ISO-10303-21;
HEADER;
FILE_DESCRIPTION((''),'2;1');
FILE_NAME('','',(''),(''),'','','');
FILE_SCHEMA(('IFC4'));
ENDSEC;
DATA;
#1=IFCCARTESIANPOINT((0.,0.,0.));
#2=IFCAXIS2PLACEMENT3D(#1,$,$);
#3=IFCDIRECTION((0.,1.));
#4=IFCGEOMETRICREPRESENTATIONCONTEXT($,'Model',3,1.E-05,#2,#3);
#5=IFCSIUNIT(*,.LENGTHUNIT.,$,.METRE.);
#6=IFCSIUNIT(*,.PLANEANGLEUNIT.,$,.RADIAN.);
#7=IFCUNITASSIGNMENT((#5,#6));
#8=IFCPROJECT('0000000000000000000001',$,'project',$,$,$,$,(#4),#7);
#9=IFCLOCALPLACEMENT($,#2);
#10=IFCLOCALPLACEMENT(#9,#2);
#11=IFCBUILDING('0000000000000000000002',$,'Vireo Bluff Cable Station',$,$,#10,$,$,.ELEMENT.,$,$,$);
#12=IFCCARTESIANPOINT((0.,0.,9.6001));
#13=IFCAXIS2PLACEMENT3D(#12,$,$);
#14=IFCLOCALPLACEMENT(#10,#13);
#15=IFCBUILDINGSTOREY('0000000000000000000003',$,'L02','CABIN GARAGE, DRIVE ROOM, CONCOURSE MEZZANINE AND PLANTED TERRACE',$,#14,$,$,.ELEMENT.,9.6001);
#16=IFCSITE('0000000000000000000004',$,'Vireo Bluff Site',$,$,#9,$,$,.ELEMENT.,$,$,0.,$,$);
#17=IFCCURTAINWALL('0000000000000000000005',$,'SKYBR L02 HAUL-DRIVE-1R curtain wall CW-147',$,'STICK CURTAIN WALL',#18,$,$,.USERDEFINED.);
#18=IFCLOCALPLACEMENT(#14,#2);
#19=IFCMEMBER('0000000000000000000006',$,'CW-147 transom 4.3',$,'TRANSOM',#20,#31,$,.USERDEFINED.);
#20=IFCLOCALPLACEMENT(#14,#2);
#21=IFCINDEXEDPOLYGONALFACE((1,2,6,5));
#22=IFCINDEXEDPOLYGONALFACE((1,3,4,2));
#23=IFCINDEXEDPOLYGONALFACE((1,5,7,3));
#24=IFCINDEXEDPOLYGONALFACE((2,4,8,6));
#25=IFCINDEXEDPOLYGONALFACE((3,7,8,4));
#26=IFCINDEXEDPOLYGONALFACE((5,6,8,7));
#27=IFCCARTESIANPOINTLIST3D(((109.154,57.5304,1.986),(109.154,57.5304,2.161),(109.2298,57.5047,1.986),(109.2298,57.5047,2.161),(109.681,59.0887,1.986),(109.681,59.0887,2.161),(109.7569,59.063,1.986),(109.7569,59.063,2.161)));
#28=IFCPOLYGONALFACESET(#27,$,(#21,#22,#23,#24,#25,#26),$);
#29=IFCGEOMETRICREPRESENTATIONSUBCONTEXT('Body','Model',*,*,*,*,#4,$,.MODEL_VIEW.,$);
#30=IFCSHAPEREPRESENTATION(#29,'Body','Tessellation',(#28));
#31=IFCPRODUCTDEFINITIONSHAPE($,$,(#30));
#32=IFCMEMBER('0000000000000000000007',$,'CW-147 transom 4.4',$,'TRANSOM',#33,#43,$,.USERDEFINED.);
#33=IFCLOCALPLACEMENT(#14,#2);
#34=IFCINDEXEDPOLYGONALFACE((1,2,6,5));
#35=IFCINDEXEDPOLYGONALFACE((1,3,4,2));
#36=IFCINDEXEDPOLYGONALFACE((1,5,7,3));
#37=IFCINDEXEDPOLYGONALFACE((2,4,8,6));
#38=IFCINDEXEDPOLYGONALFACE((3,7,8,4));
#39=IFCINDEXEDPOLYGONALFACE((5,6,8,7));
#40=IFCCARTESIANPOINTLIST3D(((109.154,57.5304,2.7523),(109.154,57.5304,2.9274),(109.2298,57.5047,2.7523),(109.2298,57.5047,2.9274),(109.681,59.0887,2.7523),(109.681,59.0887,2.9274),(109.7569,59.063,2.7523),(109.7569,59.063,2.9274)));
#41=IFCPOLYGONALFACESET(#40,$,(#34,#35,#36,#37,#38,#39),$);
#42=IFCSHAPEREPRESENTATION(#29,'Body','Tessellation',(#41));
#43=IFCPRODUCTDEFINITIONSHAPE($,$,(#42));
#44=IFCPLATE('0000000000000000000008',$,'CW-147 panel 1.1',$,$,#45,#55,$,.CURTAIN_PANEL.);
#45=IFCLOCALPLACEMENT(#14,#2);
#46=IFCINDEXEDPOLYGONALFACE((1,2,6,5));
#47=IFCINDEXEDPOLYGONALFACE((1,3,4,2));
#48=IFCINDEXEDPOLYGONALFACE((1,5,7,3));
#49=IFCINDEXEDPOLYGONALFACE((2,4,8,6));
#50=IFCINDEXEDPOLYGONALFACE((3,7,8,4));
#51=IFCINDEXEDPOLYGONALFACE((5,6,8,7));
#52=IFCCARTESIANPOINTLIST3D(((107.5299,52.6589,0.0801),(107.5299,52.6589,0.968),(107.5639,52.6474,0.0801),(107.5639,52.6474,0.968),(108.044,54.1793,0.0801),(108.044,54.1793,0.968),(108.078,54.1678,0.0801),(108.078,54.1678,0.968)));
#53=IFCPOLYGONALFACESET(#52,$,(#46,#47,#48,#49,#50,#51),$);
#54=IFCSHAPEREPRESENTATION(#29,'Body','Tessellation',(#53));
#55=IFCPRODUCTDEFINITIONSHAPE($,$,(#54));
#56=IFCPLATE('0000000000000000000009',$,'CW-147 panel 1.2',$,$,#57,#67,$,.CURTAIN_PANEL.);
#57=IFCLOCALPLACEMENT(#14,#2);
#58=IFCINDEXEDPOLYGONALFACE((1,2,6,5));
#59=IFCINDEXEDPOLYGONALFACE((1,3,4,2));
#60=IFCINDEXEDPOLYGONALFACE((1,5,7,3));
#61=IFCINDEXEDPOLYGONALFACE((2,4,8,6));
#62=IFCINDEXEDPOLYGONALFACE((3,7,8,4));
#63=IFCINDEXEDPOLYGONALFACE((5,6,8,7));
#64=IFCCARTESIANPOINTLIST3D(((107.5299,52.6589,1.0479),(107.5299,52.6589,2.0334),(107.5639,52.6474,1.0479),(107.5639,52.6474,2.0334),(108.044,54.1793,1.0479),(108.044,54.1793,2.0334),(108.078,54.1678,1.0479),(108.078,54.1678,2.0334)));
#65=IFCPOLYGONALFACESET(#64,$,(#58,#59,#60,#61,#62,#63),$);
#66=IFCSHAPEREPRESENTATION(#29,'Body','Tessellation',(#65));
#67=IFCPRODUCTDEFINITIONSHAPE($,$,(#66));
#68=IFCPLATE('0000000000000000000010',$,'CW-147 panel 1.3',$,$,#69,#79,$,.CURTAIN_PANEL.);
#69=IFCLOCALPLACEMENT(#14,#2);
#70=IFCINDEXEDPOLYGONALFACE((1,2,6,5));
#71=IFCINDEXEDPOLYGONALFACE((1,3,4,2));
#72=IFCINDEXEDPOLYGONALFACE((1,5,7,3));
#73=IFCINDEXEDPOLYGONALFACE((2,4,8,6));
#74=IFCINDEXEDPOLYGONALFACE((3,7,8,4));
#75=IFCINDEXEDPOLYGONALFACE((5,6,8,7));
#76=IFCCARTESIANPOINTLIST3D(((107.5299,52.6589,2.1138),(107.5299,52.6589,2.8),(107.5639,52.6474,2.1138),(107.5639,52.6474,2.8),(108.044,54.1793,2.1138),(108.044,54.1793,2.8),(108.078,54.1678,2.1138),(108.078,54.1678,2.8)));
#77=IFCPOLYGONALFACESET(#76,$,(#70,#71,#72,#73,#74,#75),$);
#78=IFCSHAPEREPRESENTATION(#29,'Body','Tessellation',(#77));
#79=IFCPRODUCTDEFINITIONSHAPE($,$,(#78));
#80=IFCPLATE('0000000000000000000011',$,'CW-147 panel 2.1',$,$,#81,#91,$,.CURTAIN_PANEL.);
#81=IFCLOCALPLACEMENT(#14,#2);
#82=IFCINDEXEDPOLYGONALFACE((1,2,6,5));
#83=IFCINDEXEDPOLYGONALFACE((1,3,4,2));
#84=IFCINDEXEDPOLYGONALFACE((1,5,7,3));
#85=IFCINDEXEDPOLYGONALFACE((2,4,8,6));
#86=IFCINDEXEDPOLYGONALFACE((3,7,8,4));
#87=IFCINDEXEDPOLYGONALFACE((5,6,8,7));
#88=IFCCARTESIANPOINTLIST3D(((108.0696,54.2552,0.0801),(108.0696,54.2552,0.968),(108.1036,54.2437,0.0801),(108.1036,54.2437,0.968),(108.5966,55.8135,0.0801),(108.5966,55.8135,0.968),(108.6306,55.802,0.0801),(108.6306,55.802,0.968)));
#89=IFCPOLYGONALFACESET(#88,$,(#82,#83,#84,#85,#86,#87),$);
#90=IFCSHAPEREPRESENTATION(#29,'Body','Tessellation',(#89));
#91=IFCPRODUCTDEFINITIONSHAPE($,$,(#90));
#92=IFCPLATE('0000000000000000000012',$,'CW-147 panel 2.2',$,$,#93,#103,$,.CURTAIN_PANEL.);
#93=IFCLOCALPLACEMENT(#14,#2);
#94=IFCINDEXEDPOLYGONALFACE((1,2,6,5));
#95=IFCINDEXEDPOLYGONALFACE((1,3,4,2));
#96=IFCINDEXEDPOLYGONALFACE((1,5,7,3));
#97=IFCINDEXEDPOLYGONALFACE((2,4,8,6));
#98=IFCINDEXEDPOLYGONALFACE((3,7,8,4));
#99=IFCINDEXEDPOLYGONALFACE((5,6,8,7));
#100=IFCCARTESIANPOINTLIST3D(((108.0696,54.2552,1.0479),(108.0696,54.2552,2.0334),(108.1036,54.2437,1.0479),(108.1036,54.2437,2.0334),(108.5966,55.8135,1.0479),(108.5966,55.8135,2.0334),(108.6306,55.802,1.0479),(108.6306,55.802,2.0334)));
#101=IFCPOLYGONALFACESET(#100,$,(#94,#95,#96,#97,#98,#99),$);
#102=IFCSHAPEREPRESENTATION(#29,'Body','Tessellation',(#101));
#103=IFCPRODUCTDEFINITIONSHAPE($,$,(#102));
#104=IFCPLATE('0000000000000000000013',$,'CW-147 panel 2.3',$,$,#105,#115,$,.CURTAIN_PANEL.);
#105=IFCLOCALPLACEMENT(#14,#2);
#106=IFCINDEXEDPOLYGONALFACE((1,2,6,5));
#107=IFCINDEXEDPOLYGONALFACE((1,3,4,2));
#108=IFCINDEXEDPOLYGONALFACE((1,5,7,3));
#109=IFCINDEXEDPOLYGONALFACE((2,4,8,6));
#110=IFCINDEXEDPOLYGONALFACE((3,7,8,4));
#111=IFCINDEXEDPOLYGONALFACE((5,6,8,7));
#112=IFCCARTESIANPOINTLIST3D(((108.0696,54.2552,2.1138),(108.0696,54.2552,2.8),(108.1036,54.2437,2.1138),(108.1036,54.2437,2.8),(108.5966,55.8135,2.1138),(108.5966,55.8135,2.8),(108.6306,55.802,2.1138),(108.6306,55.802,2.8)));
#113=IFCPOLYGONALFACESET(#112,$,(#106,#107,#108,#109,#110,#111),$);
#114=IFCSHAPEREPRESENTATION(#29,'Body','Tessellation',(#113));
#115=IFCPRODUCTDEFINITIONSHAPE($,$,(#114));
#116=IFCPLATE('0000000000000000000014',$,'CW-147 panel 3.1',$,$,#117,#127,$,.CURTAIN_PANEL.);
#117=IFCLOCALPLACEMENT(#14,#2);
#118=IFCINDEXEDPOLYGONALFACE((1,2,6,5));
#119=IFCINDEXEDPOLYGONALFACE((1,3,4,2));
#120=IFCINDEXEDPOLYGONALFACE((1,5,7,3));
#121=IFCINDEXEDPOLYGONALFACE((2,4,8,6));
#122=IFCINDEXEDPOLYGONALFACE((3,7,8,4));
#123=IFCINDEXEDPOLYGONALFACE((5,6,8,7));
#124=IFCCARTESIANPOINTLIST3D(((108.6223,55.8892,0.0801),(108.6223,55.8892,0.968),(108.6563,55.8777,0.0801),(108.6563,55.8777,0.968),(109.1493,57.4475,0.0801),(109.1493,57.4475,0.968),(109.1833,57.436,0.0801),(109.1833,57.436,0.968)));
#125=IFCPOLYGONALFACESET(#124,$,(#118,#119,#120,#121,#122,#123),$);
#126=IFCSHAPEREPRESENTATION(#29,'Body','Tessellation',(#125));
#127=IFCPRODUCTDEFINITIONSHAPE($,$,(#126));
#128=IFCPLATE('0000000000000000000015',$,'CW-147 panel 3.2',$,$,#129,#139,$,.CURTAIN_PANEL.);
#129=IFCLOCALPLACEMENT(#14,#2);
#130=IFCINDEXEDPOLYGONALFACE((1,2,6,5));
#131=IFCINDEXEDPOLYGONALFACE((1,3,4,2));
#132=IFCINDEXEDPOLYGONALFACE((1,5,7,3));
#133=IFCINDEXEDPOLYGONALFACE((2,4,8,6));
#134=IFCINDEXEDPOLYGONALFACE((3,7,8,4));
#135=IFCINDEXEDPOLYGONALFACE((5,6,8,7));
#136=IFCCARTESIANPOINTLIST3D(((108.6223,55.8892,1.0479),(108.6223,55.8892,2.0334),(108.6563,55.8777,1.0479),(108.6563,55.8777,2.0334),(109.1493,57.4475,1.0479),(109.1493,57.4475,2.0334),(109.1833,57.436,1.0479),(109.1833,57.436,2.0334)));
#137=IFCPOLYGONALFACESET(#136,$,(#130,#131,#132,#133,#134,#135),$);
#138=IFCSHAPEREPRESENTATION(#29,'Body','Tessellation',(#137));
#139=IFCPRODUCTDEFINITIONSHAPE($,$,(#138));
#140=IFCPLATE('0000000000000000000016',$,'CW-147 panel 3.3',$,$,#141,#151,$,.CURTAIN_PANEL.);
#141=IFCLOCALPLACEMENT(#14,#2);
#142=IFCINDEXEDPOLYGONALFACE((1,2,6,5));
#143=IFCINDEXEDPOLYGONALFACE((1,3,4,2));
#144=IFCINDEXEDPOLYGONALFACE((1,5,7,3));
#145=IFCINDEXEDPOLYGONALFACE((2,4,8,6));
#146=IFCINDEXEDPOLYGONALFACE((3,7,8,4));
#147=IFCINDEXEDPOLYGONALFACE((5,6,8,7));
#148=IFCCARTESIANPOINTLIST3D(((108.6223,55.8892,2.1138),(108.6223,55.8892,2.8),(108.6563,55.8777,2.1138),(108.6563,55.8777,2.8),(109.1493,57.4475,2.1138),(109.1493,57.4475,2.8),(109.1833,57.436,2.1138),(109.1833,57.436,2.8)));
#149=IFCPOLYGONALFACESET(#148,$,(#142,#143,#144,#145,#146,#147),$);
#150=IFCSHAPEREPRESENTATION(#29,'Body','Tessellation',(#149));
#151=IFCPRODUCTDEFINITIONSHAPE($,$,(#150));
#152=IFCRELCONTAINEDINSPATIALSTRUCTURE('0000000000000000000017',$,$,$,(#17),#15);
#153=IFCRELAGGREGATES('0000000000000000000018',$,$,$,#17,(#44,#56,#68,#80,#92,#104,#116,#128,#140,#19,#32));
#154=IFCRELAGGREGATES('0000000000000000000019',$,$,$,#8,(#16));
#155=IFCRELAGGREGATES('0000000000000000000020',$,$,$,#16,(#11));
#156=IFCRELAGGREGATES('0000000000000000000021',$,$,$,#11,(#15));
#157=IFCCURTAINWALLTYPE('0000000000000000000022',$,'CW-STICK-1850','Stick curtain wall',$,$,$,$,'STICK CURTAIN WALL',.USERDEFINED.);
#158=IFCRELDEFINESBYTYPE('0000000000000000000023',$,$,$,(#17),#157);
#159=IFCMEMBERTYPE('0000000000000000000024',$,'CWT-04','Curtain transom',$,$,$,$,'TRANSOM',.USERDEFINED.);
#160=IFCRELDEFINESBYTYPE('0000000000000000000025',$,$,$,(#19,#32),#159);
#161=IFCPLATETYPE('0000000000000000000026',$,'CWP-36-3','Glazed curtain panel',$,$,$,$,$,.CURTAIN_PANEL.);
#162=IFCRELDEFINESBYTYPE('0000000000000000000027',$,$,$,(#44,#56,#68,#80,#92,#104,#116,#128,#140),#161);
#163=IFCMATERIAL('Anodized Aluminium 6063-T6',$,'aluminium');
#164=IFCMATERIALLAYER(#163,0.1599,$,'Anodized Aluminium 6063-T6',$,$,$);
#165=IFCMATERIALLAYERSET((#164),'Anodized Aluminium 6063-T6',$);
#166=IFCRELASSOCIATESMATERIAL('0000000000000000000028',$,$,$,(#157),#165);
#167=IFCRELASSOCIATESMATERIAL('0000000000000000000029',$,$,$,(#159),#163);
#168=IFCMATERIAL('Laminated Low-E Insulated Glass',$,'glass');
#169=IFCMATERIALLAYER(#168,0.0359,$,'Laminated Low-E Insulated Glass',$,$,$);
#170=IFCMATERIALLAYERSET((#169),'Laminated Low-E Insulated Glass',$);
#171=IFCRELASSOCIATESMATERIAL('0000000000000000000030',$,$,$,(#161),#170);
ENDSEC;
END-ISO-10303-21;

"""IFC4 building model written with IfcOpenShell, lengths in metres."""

from ifc_helpers import new_model, si_unit, direction, frame, origin, origin_2d, place, context, subcontext, project, spatial, rectangle, extrude, material, layer, layer_set, material_profile, profile_set, type_object, element, aggregate, save


model = new_model("IFC4")

# Units and contexts
model_context = context("Model", 3, precision=1e-05, world=origin(), true_north=direction((0.0, 1.0)))
body_context = subcontext(model_context, "Body", "Model", "MODEL_VIEW")
ifc_project = project(units=[si_unit("LENGTHUNIT", "METRE"), si_unit("PLANEANGLEUNIT", "RADIAN")], contexts=[model_context])

# Site, building, storey
site_placement = place(None, origin())
site = spatial("IfcSite", under=ifc_project, at=site_placement, Name="Vireo Bluff Site", CompositionType="ELEMENT", RefElevation=0.0)
building_placement = place(site_placement, origin())
building = spatial("IfcBuilding", under=site, at=building_placement, Name="Vireo Bluff Cable Station", CompositionType="ELEMENT")
storey_placement = place(building_placement, frame((0.0, 0.0, 9.6001)))
storey = spatial("IfcBuildingStorey", under=building, at=storey_placement, Name="L02", Description="CABIN GARAGE, DRIVE ROOM, CONCOURSE MEZZANINE AND PLANTED TERRACE", CompositionType="ELEMENT", Elevation=9.6001)

# Curtain wall, members, plates
ifc_material_1 = material(Name="Anodized Aluminium 6063-T6", Category="aluminium")
ifc_layer_1 = layer(ifc_material_1, 0.1599, Name="Anodized Aluminium 6063-T6")
ifc_layer_set_1 = layer_set([ifc_layer_1], Name="Anodized Aluminium 6063-T6")
curtain_wall_type = type_object("IfcCurtainWallType", Name="CW-STICK-1850", Description="Stick curtain wall", ElementType="STICK CURTAIN WALL", PredefinedType="USERDEFINED", material=ifc_layer_set_1)
curtain_wall_placement = place(storey_placement, origin())
curtain_wall = element("IfcCurtainWall", 1, at=curtain_wall_placement, inside=storey, type_object=curtain_wall_type, Name="SKYBR L02 HAUL-DRIVE-1R curtain wall CW-147", ObjectType="STICK CURTAIN WALL", PredefinedType="USERDEFINED")
ifc_material_profile_1 = material_profile(ifc_material_1, rectangle(XDim=0.0801, YDim=0.175, at=origin_2d()), Name="ALU-T-80X175")
ifc_profile_set_1 = profile_set([ifc_material_profile_1], Name="Anodized Aluminium 6063-T6")
member_type_1 = type_object("IfcMemberType", Name="CWT-04", Description="Curtain transom", ElementType="TRANSOM", PredefinedType="USERDEFINED", material=ifc_profile_set_1)
member_1_placement = place(storey_placement, frame((109.1919, 57.5176, 2.0735), z_axis=(0.32041, 0.947279, 0.0), x_axis=(-0.947279, 0.32041, 0.0)))
member_1 = element("IfcMember", 2, at=member_1_placement, type_object=member_type_1, Name="CW-147 transom 4.3", ObjectType="TRANSOM", PredefinedType="USERDEFINED", context=body_context, shape_type="SweptSolid", body=[
    extrude(rectangle(XDim=0.0801, YDim=0.175, at=origin_2d()), origin(), (0.0, 0.0, 1.0), 1.645),
])
member_2_placement = place(storey_placement, frame((109.1919, 57.5176, 2.8398), z_axis=(0.32041, 0.947279, 0.0), x_axis=(-0.947279, 0.32041, 0.0)))
member_2 = element("IfcMember", 3, at=member_2_placement, type_object=member_type_1, Name="CW-147 transom 4.4", ObjectType="TRANSOM", PredefinedType="USERDEFINED", context=body_context, shape_type="SweptSolid", body=[
    extrude(rectangle(XDim=0.0801, YDim=0.175, at=origin_2d()), origin(), (0.0, 0.0, 1.0), 1.645),
])
ifc_material_2 = material(Name="Laminated Low-E Insulated Glass", Category="glass")
ifc_layer_2 = layer(ifc_material_2, 0.0359, Name="Laminated Low-E Insulated Glass")
ifc_layer_set_2 = layer_set([ifc_layer_2], Name="Laminated Low-E Insulated Glass")
plate_type = type_object("IfcPlateType", Name="CWP-36-3", Description="Glazed curtain panel", PredefinedType="CURTAIN_PANEL", material=ifc_layer_set_2)
plate_1_placement = place(storey_placement, frame((107.804, 53.4133, 0.0801), z_axis=(0.0, 0.0, 1.0), x_axis=(0.320364, 0.947295, 0.0)))
plate_1 = element("IfcPlate", 4, at=plate_1_placement, type_object=plate_type, Name="CW-147 panel 1.1", PredefinedType="CURTAIN_PANEL", context=body_context, shape_type="SweptSolid", body=[
    extrude(rectangle(XDim=1.605, YDim=0.0359, at=origin_2d()), origin(), (0.0, 0.0, 1.0), 0.8879),
])
plate_2_placement = place(storey_placement, frame((107.804, 53.4133, 1.0479), z_axis=(0.0, 0.0, 1.0), x_axis=(0.320364, 0.947295, 0.0)))
plate_2 = element("IfcPlate", 5, at=plate_2_placement, type_object=plate_type, Name="CW-147 panel 1.2", PredefinedType="CURTAIN_PANEL", context=body_context, shape_type="SweptSolid", body=[
    extrude(rectangle(XDim=1.605, YDim=0.0359, at=origin_2d()), origin(), (0.0, 0.0, 1.0), 0.9856),
])
plate_3_placement = place(storey_placement, frame((107.804, 53.4133, 2.1138), z_axis=(0.0, 0.0, 1.0), x_axis=(0.320364, 0.947295, 0.0)))
plate_3 = element("IfcPlate", 6, at=plate_3_placement, type_object=plate_type, Name="CW-147 panel 1.3", PredefinedType="CURTAIN_PANEL", context=body_context, shape_type="SweptSolid", body=[
    extrude(rectangle(XDim=1.605, YDim=0.0359, at=origin_2d()), origin(), (0.0, 0.0, 1.0), 0.6863),
])
plate_4_placement = place(storey_placement, frame((108.3501, 55.0286, 0.0801), z_axis=(0.0, 0.0, 1.0), x_axis=(0.320364, 0.947295, 0.0)))
plate_4 = element("IfcPlate", 7, at=plate_4_placement, type_object=plate_type, Name="CW-147 panel 2.1", PredefinedType="CURTAIN_PANEL", context=body_context, shape_type="SweptSolid", body=[
    extrude(rectangle(XDim=1.645, YDim=0.0359, at=origin_2d()), origin(), (0.0, 0.0, 1.0), 0.8879),
])
plate_5_placement = place(storey_placement, frame((108.3501, 55.0286, 1.0479), z_axis=(0.0, 0.0, 1.0), x_axis=(0.320364, 0.947295, 0.0)))
plate_5 = element("IfcPlate", 8, at=plate_5_placement, type_object=plate_type, Name="CW-147 panel 2.2", PredefinedType="CURTAIN_PANEL", context=body_context, shape_type="SweptSolid", body=[
    extrude(rectangle(XDim=1.645, YDim=0.0359, at=origin_2d()), origin(), (0.0, 0.0, 1.0), 0.9856),
])
plate_6_placement = place(storey_placement, frame((108.3501, 55.0286, 2.1138), z_axis=(0.0, 0.0, 1.0), x_axis=(0.320364, 0.947295, 0.0)))
plate_6 = element("IfcPlate", 9, at=plate_6_placement, type_object=plate_type, Name="CW-147 panel 2.3", PredefinedType="CURTAIN_PANEL", context=body_context, shape_type="SweptSolid", body=[
    extrude(rectangle(XDim=1.645, YDim=0.0359, at=origin_2d()), origin(), (0.0, 0.0, 1.0), 0.6863),
])
plate_7_placement = place(storey_placement, frame((108.9028, 56.6626, 0.0801), z_axis=(0.0, 0.0, 1.0), x_axis=(0.320364, 0.947295, 0.0)))
plate_7 = element("IfcPlate", 10, at=plate_7_placement, type_object=plate_type, Name="CW-147 panel 3.1", PredefinedType="CURTAIN_PANEL", context=body_context, shape_type="SweptSolid", body=[
    extrude(rectangle(XDim=1.645, YDim=0.0359, at=origin_2d()), origin(), (0.0, 0.0, 1.0), 0.8879),
])
plate_8_placement = place(storey_placement, frame((108.9028, 56.6626, 1.0479), z_axis=(0.0, 0.0, 1.0), x_axis=(0.320364, 0.947295, 0.0)))
plate_8 = element("IfcPlate", 11, at=plate_8_placement, type_object=plate_type, Name="CW-147 panel 3.2", PredefinedType="CURTAIN_PANEL", context=body_context, shape_type="SweptSolid", body=[
    extrude(rectangle(XDim=1.645, YDim=0.0359, at=origin_2d()), origin(), (0.0, 0.0, 1.0), 0.9856),
])
plate_9_placement = place(storey_placement, frame((108.9028, 56.6626, 2.1138), z_axis=(0.0, 0.0, 1.0), x_axis=(0.320364, 0.947295, 0.0)))
plate_9 = element("IfcPlate", 12, at=plate_9_placement, type_object=plate_type, Name="CW-147 panel 3.3", PredefinedType="CURTAIN_PANEL", context=body_context, shape_type="SweptSolid", body=[
    extrude(rectangle(XDim=1.645, YDim=0.0359, at=origin_2d()), origin(), (0.0, 0.0, 1.0), 0.6863),
])
aggregate(curtain_wall, [plate_1, plate_2, plate_3, plate_4, plate_5, plate_6, plate_7, plate_8, plate_9, member_1, member_2])

save(model, "model.ifc")
